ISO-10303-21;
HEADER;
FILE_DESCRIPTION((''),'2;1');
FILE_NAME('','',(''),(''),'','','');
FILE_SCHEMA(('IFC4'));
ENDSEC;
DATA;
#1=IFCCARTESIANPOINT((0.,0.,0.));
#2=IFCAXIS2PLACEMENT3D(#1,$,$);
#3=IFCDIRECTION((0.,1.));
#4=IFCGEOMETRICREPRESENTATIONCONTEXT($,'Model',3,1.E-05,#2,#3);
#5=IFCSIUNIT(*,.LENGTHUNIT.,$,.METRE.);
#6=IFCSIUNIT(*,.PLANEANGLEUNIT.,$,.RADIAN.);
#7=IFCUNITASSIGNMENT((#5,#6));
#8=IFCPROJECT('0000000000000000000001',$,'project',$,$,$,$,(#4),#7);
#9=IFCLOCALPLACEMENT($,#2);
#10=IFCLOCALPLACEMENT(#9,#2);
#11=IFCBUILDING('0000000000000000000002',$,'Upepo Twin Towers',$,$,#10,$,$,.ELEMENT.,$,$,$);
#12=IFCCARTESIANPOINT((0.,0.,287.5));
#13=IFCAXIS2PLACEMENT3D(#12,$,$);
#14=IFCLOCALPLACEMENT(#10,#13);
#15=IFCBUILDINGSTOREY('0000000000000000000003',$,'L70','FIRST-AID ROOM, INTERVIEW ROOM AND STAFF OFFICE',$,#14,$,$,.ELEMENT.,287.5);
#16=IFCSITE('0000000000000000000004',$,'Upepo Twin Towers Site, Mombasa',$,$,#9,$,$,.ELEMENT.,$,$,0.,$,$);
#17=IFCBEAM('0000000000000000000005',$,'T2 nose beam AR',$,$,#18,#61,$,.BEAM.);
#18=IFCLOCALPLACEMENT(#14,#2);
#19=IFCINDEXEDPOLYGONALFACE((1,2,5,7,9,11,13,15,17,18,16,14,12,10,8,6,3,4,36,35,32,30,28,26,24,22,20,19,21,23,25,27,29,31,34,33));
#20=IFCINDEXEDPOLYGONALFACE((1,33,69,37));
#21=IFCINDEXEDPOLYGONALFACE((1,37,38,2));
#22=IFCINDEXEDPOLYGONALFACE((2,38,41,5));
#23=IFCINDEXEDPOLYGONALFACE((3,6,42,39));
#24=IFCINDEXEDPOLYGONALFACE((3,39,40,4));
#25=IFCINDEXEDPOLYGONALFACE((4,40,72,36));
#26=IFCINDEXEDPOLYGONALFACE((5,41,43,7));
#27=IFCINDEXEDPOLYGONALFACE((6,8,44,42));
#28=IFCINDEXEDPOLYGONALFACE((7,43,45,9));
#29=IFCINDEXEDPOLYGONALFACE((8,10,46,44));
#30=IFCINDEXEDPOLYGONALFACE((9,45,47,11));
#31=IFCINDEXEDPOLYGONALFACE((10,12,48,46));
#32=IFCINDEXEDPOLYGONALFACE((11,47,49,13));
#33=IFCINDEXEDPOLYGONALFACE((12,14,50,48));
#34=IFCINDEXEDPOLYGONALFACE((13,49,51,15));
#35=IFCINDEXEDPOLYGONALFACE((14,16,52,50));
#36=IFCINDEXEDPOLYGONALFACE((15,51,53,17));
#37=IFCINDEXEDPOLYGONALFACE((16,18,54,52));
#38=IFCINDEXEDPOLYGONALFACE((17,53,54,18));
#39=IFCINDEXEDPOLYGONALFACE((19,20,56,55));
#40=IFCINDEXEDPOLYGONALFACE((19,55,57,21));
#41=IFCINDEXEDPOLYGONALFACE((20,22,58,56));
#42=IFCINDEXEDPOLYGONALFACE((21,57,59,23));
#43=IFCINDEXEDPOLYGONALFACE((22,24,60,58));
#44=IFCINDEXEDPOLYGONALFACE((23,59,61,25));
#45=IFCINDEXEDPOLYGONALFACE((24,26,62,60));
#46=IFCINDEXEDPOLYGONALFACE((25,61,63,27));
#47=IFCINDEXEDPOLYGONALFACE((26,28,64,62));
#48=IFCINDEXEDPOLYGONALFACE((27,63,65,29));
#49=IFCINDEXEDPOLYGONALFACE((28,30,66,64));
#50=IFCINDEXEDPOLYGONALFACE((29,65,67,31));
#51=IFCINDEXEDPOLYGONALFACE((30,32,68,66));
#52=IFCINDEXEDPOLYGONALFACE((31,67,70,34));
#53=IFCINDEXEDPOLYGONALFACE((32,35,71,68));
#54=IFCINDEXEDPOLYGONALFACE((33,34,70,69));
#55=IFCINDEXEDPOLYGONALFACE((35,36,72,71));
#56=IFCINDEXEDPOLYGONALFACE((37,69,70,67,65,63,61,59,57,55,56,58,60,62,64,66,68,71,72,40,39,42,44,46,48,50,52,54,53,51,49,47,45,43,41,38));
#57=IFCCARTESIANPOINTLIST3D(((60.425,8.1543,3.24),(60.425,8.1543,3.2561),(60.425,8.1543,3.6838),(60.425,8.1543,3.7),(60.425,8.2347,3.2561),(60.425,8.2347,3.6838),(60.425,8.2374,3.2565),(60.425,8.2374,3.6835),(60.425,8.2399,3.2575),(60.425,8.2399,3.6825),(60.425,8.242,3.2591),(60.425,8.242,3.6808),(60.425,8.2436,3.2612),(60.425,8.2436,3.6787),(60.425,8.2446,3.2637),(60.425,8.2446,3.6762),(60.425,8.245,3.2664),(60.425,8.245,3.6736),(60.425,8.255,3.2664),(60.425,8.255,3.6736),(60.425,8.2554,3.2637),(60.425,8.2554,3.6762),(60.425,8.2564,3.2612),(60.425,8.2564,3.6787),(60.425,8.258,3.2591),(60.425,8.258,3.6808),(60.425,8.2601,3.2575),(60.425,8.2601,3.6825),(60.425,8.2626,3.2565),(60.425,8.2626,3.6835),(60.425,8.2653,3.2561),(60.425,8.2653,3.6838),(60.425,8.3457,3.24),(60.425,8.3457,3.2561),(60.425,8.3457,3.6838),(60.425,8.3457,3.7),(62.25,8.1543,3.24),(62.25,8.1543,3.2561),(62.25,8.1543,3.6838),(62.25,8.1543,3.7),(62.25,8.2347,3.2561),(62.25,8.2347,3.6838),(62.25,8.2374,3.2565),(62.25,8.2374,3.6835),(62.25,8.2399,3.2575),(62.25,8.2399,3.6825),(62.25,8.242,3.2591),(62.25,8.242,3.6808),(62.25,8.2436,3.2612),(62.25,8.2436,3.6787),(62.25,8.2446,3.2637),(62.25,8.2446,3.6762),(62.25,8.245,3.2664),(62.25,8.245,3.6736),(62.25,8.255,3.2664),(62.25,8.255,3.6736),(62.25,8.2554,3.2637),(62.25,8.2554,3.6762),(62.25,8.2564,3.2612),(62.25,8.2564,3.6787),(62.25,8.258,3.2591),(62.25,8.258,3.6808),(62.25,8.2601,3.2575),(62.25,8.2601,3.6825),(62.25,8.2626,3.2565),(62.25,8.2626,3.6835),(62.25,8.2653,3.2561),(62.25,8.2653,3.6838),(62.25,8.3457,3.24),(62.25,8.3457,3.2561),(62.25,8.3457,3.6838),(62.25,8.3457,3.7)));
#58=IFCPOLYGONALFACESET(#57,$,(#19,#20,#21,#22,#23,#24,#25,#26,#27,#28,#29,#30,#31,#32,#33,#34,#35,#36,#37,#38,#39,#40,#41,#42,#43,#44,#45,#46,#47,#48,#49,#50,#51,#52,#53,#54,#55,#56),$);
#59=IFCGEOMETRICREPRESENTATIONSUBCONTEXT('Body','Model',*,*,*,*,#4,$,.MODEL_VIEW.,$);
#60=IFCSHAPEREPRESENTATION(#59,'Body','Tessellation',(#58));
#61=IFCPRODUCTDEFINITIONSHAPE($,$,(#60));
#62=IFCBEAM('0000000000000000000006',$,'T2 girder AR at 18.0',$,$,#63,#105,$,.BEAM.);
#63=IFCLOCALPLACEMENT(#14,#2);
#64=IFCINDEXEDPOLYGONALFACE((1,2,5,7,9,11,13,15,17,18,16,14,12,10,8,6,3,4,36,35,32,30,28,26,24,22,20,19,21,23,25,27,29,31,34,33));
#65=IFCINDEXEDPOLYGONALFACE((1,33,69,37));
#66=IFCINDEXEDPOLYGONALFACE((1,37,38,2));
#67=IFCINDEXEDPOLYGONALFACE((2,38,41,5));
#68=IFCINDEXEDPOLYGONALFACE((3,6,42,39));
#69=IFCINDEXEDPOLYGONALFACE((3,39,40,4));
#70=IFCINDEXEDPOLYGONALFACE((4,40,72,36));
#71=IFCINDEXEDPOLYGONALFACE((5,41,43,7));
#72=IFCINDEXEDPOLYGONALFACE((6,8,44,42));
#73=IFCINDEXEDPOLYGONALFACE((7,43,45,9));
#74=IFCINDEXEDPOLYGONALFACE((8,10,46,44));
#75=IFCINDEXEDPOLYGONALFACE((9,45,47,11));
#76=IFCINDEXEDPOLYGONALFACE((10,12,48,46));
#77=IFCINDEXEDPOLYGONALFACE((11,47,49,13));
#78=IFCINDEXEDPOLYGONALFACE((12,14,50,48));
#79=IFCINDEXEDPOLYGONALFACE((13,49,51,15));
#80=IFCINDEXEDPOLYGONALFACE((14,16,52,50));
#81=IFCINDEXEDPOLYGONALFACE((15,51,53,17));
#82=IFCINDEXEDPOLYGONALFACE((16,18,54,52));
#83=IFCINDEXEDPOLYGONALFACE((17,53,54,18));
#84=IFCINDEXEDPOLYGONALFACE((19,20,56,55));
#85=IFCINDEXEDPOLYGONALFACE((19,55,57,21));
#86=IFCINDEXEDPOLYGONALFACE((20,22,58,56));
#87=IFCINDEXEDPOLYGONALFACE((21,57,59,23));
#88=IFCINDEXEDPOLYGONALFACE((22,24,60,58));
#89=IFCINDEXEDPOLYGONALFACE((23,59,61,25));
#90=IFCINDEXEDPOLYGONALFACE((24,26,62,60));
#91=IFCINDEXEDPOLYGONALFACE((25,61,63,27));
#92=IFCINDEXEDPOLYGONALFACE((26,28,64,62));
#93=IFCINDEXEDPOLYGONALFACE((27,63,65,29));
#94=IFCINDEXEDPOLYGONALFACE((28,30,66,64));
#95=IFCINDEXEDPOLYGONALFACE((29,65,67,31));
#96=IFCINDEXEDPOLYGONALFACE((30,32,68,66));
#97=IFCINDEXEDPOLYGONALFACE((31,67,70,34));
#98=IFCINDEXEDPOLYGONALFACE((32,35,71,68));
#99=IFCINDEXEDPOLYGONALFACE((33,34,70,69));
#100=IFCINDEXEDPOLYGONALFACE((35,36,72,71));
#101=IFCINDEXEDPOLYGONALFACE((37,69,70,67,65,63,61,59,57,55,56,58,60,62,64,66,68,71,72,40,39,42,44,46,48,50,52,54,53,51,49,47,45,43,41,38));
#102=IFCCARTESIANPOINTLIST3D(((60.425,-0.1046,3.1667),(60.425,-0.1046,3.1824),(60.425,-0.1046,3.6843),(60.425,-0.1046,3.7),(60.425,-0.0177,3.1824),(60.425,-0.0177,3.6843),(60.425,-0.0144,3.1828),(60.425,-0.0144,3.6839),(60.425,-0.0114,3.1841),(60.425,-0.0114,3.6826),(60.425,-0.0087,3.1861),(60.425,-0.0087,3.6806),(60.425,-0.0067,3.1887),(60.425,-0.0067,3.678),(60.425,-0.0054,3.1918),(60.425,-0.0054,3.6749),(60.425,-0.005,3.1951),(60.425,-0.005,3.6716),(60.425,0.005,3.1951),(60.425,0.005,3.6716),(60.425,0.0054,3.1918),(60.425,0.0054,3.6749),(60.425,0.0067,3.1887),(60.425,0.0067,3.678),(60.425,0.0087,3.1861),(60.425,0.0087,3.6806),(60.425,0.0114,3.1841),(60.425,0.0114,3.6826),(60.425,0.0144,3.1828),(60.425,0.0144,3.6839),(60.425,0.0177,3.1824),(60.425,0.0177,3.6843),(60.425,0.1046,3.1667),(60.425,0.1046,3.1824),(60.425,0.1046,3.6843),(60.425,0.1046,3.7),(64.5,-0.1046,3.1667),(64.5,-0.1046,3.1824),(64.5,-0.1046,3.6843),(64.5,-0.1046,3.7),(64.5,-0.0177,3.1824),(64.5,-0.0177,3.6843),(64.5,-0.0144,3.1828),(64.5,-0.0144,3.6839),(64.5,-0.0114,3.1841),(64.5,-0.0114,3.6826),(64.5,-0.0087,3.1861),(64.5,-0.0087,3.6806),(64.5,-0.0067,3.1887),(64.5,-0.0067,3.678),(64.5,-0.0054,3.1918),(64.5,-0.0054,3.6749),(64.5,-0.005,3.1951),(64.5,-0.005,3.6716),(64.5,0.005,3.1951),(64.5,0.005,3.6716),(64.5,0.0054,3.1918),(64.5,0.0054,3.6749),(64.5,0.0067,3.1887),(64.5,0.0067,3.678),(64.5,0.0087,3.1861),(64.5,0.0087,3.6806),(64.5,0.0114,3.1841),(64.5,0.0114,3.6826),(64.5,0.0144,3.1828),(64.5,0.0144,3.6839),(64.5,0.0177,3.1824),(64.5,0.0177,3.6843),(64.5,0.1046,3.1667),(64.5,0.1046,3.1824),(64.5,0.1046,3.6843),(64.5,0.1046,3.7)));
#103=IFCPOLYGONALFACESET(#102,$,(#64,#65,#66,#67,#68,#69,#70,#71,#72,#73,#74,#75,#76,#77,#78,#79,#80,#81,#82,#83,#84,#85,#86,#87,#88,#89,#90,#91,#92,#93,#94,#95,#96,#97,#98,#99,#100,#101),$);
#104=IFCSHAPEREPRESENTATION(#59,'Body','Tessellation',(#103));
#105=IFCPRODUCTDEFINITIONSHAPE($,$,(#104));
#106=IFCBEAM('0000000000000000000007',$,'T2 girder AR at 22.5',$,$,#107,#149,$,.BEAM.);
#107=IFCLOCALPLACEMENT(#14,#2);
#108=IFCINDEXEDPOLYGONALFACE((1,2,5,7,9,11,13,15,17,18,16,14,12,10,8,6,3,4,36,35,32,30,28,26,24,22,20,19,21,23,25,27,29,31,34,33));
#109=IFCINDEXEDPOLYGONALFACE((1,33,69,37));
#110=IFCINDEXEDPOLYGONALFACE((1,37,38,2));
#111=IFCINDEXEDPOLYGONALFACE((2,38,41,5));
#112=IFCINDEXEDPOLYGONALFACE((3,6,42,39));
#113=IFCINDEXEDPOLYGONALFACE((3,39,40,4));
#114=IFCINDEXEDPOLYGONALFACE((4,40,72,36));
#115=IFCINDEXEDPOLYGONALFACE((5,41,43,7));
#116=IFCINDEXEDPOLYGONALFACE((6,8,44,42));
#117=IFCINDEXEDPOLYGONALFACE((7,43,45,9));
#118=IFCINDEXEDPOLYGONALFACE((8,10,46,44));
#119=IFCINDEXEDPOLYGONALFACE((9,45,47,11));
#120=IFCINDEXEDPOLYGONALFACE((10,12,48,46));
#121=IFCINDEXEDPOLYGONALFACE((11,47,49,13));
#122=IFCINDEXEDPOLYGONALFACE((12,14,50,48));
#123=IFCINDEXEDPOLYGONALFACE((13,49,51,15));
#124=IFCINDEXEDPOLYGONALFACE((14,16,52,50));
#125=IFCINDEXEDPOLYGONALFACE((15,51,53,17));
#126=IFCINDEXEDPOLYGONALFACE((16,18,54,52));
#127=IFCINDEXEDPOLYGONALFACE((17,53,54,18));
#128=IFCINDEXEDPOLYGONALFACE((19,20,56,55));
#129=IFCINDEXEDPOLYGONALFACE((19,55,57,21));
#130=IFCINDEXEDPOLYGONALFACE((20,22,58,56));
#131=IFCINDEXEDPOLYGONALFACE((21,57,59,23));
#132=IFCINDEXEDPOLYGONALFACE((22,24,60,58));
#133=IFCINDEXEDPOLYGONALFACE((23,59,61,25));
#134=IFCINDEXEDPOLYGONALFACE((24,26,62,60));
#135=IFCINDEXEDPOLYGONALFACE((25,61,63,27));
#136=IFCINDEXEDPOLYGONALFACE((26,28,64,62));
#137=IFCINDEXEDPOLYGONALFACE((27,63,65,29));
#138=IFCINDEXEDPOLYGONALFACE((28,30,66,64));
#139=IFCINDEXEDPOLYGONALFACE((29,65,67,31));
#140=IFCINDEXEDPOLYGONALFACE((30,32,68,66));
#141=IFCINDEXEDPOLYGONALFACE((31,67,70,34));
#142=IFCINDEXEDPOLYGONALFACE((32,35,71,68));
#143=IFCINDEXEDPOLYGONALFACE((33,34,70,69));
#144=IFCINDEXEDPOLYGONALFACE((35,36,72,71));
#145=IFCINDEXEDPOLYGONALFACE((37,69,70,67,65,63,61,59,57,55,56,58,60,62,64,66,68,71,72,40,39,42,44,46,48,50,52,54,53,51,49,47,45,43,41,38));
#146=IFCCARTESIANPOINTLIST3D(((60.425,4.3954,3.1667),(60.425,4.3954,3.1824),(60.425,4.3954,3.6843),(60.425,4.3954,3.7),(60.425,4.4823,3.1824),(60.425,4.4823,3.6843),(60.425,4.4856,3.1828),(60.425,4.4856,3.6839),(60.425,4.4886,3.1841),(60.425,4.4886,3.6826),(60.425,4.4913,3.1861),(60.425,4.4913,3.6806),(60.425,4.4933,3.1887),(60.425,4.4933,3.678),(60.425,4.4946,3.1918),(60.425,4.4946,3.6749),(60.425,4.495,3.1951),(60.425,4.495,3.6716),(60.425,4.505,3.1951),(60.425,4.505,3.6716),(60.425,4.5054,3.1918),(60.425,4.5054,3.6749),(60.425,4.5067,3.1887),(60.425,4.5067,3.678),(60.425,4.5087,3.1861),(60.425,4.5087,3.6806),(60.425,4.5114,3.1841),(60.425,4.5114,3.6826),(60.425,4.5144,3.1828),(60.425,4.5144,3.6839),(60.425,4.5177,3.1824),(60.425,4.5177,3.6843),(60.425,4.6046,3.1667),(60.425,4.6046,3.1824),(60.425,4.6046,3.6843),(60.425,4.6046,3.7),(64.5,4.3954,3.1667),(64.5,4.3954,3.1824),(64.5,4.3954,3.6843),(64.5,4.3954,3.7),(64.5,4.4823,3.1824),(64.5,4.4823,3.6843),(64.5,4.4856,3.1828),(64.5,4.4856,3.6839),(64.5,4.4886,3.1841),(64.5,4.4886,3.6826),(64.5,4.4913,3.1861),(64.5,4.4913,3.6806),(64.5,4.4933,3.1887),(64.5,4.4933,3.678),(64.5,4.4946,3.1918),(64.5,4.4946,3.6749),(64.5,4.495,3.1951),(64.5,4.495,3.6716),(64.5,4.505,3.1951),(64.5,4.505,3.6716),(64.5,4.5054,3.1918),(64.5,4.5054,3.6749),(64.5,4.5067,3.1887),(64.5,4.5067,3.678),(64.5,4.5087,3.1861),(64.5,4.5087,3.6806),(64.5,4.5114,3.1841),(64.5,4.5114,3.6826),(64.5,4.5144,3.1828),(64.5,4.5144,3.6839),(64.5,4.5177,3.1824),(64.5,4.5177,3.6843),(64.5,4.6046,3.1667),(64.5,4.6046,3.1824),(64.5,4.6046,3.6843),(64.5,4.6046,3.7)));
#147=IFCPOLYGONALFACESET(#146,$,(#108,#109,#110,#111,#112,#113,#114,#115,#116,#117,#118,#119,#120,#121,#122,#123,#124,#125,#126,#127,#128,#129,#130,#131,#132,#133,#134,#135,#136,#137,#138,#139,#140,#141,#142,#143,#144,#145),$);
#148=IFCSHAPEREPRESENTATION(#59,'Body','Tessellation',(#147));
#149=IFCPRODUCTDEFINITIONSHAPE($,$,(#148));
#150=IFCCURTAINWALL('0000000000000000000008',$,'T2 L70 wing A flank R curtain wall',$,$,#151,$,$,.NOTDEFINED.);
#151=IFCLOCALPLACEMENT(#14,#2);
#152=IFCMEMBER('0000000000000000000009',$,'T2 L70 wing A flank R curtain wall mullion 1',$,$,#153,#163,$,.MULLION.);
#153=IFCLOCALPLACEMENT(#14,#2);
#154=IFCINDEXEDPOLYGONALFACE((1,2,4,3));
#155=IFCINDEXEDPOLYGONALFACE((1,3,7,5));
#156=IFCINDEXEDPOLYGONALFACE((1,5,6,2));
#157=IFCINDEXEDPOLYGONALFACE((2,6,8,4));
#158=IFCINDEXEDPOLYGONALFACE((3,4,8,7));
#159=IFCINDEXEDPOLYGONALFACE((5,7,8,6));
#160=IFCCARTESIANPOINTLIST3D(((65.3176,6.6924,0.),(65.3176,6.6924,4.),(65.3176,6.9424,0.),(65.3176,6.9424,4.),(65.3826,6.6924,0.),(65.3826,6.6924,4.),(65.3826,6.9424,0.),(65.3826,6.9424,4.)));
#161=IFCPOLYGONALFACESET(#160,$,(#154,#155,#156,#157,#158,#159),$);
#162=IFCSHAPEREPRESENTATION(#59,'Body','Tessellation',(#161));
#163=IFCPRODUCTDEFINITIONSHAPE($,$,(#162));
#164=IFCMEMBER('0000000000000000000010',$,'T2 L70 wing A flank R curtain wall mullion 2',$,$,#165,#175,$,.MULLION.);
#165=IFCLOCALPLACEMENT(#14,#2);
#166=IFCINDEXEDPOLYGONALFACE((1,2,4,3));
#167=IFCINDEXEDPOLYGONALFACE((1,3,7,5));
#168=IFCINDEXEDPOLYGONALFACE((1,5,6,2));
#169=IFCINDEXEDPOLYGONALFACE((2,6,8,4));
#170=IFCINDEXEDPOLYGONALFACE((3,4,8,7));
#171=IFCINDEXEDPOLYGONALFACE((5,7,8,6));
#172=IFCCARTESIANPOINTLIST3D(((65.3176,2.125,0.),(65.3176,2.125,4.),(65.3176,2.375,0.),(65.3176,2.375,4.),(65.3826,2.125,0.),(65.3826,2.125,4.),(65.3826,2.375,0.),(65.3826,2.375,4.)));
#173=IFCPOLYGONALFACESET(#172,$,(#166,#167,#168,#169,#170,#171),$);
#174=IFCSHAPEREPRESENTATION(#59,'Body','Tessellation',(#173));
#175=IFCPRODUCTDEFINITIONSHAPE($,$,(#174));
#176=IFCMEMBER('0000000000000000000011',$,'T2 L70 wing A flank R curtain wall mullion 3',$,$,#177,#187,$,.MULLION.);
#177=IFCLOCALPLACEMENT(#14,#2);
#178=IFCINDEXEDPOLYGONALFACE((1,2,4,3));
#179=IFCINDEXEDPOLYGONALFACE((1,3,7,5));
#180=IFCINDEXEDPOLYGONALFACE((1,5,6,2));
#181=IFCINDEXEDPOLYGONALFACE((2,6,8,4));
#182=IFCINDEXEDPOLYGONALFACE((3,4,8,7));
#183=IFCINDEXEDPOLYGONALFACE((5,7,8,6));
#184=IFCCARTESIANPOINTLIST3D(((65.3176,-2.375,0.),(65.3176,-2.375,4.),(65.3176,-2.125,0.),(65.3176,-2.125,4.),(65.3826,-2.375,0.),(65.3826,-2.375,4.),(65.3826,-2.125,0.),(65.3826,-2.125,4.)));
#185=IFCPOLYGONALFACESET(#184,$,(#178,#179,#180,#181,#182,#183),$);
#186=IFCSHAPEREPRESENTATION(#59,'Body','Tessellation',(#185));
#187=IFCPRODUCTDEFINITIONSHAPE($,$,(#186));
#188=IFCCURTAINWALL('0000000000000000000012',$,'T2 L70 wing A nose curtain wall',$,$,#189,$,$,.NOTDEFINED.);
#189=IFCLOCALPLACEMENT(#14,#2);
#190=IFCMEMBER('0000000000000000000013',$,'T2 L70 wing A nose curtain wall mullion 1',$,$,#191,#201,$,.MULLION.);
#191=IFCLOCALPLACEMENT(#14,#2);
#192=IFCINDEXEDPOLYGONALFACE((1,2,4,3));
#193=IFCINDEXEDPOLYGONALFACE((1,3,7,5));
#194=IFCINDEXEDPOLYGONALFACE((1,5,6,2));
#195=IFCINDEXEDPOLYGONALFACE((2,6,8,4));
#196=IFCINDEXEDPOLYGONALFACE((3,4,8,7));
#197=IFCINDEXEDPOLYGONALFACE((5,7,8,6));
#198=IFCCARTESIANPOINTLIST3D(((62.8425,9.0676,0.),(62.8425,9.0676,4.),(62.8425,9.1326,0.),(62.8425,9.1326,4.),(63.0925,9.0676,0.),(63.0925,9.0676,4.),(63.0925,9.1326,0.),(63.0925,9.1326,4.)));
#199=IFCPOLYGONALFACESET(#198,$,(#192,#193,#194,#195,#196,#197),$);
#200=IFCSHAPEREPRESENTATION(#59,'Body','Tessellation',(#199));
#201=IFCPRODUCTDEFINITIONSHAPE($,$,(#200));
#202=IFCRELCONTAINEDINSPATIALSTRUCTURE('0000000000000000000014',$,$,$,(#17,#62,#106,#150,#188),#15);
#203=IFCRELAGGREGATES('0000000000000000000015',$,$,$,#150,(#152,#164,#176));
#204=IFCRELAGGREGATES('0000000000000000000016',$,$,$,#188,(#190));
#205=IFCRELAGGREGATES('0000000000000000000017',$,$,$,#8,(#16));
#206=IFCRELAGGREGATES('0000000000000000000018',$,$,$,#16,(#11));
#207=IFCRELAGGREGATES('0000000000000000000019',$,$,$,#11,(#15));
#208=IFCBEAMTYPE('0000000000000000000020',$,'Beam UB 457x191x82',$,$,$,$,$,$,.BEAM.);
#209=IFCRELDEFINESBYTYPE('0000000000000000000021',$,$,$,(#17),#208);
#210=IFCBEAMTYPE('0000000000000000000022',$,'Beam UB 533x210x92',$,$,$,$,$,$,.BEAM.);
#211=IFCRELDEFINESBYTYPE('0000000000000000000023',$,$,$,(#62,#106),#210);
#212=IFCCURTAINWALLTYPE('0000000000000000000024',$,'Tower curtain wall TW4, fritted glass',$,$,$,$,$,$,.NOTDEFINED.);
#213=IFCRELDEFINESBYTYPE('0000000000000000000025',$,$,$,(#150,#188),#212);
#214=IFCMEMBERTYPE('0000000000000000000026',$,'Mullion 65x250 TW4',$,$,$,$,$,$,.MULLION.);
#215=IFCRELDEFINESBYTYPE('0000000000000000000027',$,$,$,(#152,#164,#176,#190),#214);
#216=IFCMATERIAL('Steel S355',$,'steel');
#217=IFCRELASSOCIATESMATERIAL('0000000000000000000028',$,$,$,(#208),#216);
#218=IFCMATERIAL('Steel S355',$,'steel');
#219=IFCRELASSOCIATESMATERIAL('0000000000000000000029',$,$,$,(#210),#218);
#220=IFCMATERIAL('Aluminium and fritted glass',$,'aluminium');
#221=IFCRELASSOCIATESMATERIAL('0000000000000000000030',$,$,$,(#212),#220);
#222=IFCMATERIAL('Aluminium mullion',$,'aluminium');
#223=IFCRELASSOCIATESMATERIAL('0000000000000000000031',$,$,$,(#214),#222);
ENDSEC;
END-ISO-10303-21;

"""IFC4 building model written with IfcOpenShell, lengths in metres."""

from ifc_helpers import new_model, si_unit, direction, frame, origin, origin_2d, place, context, subcontext, project, spatial, rectangle, i_section, extrude, material, material_profile, profile_set, type_object, element, aggregate, save


model = new_model("IFC4")

# Units and contexts
model_context = context("Model", 3, precision=1e-05, world=origin(), true_north=direction((0.0, 1.0)))
body_context = subcontext(model_context, "Body", "Model", "MODEL_VIEW")
ifc_project = project(units=[si_unit("LENGTHUNIT", "METRE"), si_unit("PLANEANGLEUNIT", "RADIAN")], contexts=[model_context])

# Site, building, storey
site_placement = place(None, origin())
site = spatial("IfcSite", under=ifc_project, at=site_placement, Name="Upepo Twin Towers Site, Mombasa", CompositionType="ELEMENT", RefElevation=0.0)
building_placement = place(site_placement, origin())
building = spatial("IfcBuilding", under=site, at=building_placement, Name="Upepo Twin Towers", CompositionType="ELEMENT")
storey_placement = place(building_placement, frame((0.0, 0.0, 287.5)))
storey = spatial("IfcBuildingStorey", under=building, at=storey_placement, Name="L70", Description="FIRST-AID ROOM, INTERVIEW ROOM AND STAFF OFFICE", CompositionType="ELEMENT", Elevation=287.5)

# Beams
ifc_material_1 = material(Name="Steel S355", Category="steel")
ifc_material_profile_1 = material_profile(ifc_material_1, i_section(OverallWidth=0.1914, OverallDepth=0.46, WebThickness=0.01, FlangeThickness=0.0161, FilletRadius=0.0103, at=origin_2d()), Name="UB 457x191x82")
ifc_profile_set_1 = profile_set([ifc_material_profile_1], Name="Steel S355")
beam_type_1 = type_object("IfcBeamType", Name="Beam UB 457x191x82", PredefinedType="BEAM", material=ifc_profile_set_1)
beam_1_placement = place(storey_placement, frame((62.25, 8.25, 3.47), z_axis=(-1.0, 0.0, 0.0), x_axis=(0.0, -1.0, 0.0)))
element("IfcBeam", 1, at=beam_1_placement, inside=storey, type_object=beam_type_1, Name="T2 nose beam AR", PredefinedType="BEAM", context=body_context, shape_type="SweptSolid", body=[
    extrude(i_section(OverallWidth=0.1914, OverallDepth=0.46, WebThickness=0.01, FlangeThickness=0.0161, FilletRadius=0.0103, at=origin_2d()), origin(), (0.0, 0.0, 1.0), 1.825),
])
ifc_material_2 = material(Name="Steel S355", Category="steel")
ifc_material_profile_2 = material_profile(ifc_material_2, i_section(OverallWidth=0.2092, OverallDepth=0.5332, WebThickness=0.01, FlangeThickness=0.0156, FilletRadius=0.0127, at=origin_2d()), Name="UB 533x210x92")
ifc_profile_set_2 = profile_set([ifc_material_profile_2], Name="Steel S355")
beam_type_2 = type_object("IfcBeamType", Name="Beam UB 533x210x92", PredefinedType="BEAM", material=ifc_profile_set_2)
for number, where, z_axis, x_axis, name in (
    (2, (64.5, 0.0, 3.4333), (-1.0, 0.0, 0.0), (0.0, -1.0, 0.0), "T2 girder AR at 18.0"),
    (3, (64.5, 4.5, 3.4333), (-1.0, 0.0, 0.0), (0.0, -1.0, 0.0), "T2 girder AR at 22.5"),
):
    element("IfcBeam", number, at=place(storey_placement, frame(where, z_axis=z_axis, x_axis=x_axis)), inside=storey, type_object=beam_type_2, Name=name, PredefinedType="BEAM", context=body_context, shape_type="SweptSolid", body=[
        extrude(i_section(OverallWidth=0.2092, OverallDepth=0.5332, WebThickness=0.01, FlangeThickness=0.0156, FilletRadius=0.0127, at=origin_2d()), origin(), (0.0, 0.0, 1.0), 4.075),
    ])

# Curtain walls, members
ifc_material_3 = material(Name="Aluminium and fritted glass", Category="aluminium")
curtain_wall_type = type_object("IfcCurtainWallType", Name="Tower curtain wall TW4, fritted glass", PredefinedType="NOTDEFINED", material=ifc_material_3)
curtain_wall_1_placement = place(storey_placement, origin())
curtain_wall_1 = element("IfcCurtainWall", 4, at=curtain_wall_1_placement, inside=storey, type_object=curtain_wall_type, Name="T2 L70 wing A flank R curtain wall", PredefinedType="NOTDEFINED")
ifc_material_4 = material(Name="Aluminium mullion", Category="aluminium")
ifc_material_profile_3 = material_profile(ifc_material_4, rectangle(XDim=0.0649, YDim=0.25, at=origin_2d()), Name="MULLION 65x250")
ifc_profile_set_3 = profile_set([ifc_material_profile_3], Name="Aluminium mullion")
member_type_1 = type_object("IfcMemberType", Name="Mullion 65x250 TW4", PredefinedType="MULLION", material=ifc_profile_set_3)
member_1_placement = place(storey_placement, frame((65.3501, 6.8174, 0.0), z_axis=(0.0, 0.0, 1.0), x_axis=(1.0, 0.0, 0.0)))
member_1 = element("IfcMember", 5, at=member_1_placement, type_object=member_type_1, Name="T2 L70 wing A flank R curtain wall mullion 1", PredefinedType="MULLION", context=body_context, shape_type="SweptSolid", body=[
    extrude(rectangle(XDim=0.0649, YDim=0.25, at=origin_2d()), origin(), (0.0, 0.0, 1.0), 4.0),
])
member_2_placement = place(storey_placement, frame((65.3501, 2.25, 0.0), z_axis=(0.0, 0.0, 1.0), x_axis=(1.0, 0.0, 0.0)))
member_2 = element("IfcMember", 6, at=member_2_placement, type_object=member_type_1, Name="T2 L70 wing A flank R curtain wall mullion 2", PredefinedType="MULLION", context=body_context, shape_type="SweptSolid", body=[
    extrude(rectangle(XDim=0.0649, YDim=0.25, at=origin_2d()), origin(), (0.0, 0.0, 1.0), 4.0),
])
member_3_placement = place(storey_placement, frame((65.3501, -2.25, 0.0), z_axis=(0.0, 0.0, 1.0), x_axis=(1.0, 0.0, 0.0)))
member_3 = element("IfcMember", 7, at=member_3_placement, type_object=member_type_1, Name="T2 L70 wing A flank R curtain wall mullion 3", PredefinedType="MULLION", context=body_context, shape_type="SweptSolid", body=[
    extrude(rectangle(XDim=0.0649, YDim=0.25, at=origin_2d()), origin(), (0.0, 0.0, 1.0), 4.0),
])
curtain_wall_2_placement = place(storey_placement, origin())
curtain_wall_2 = element("IfcCurtainWall", 8, at=curtain_wall_2_placement, inside=storey, type_object=curtain_wall_type, Name="T2 L70 wing A nose curtain wall", PredefinedType="NOTDEFINED")
member_4_placement = place(storey_placement, frame((62.9675, 9.1001, 0.0), z_axis=(0.0, 0.0, 1.0), x_axis=(0.0, -1.0, 0.0)))
member_4 = element("IfcMember", 9, at=member_4_placement, type_object=member_type_1, Name="T2 L70 wing A nose curtain wall mullion 1", PredefinedType="MULLION", context=body_context, shape_type="SweptSolid", body=[
    extrude(rectangle(XDim=0.0649, YDim=0.25, at=origin_2d()), origin(), (0.0, 0.0, 1.0), 4.0),
])

aggregate(curtain_wall_1, [member_1, member_2, member_3])
aggregate(curtain_wall_2, [member_4])

save(model, "model.ifc")
